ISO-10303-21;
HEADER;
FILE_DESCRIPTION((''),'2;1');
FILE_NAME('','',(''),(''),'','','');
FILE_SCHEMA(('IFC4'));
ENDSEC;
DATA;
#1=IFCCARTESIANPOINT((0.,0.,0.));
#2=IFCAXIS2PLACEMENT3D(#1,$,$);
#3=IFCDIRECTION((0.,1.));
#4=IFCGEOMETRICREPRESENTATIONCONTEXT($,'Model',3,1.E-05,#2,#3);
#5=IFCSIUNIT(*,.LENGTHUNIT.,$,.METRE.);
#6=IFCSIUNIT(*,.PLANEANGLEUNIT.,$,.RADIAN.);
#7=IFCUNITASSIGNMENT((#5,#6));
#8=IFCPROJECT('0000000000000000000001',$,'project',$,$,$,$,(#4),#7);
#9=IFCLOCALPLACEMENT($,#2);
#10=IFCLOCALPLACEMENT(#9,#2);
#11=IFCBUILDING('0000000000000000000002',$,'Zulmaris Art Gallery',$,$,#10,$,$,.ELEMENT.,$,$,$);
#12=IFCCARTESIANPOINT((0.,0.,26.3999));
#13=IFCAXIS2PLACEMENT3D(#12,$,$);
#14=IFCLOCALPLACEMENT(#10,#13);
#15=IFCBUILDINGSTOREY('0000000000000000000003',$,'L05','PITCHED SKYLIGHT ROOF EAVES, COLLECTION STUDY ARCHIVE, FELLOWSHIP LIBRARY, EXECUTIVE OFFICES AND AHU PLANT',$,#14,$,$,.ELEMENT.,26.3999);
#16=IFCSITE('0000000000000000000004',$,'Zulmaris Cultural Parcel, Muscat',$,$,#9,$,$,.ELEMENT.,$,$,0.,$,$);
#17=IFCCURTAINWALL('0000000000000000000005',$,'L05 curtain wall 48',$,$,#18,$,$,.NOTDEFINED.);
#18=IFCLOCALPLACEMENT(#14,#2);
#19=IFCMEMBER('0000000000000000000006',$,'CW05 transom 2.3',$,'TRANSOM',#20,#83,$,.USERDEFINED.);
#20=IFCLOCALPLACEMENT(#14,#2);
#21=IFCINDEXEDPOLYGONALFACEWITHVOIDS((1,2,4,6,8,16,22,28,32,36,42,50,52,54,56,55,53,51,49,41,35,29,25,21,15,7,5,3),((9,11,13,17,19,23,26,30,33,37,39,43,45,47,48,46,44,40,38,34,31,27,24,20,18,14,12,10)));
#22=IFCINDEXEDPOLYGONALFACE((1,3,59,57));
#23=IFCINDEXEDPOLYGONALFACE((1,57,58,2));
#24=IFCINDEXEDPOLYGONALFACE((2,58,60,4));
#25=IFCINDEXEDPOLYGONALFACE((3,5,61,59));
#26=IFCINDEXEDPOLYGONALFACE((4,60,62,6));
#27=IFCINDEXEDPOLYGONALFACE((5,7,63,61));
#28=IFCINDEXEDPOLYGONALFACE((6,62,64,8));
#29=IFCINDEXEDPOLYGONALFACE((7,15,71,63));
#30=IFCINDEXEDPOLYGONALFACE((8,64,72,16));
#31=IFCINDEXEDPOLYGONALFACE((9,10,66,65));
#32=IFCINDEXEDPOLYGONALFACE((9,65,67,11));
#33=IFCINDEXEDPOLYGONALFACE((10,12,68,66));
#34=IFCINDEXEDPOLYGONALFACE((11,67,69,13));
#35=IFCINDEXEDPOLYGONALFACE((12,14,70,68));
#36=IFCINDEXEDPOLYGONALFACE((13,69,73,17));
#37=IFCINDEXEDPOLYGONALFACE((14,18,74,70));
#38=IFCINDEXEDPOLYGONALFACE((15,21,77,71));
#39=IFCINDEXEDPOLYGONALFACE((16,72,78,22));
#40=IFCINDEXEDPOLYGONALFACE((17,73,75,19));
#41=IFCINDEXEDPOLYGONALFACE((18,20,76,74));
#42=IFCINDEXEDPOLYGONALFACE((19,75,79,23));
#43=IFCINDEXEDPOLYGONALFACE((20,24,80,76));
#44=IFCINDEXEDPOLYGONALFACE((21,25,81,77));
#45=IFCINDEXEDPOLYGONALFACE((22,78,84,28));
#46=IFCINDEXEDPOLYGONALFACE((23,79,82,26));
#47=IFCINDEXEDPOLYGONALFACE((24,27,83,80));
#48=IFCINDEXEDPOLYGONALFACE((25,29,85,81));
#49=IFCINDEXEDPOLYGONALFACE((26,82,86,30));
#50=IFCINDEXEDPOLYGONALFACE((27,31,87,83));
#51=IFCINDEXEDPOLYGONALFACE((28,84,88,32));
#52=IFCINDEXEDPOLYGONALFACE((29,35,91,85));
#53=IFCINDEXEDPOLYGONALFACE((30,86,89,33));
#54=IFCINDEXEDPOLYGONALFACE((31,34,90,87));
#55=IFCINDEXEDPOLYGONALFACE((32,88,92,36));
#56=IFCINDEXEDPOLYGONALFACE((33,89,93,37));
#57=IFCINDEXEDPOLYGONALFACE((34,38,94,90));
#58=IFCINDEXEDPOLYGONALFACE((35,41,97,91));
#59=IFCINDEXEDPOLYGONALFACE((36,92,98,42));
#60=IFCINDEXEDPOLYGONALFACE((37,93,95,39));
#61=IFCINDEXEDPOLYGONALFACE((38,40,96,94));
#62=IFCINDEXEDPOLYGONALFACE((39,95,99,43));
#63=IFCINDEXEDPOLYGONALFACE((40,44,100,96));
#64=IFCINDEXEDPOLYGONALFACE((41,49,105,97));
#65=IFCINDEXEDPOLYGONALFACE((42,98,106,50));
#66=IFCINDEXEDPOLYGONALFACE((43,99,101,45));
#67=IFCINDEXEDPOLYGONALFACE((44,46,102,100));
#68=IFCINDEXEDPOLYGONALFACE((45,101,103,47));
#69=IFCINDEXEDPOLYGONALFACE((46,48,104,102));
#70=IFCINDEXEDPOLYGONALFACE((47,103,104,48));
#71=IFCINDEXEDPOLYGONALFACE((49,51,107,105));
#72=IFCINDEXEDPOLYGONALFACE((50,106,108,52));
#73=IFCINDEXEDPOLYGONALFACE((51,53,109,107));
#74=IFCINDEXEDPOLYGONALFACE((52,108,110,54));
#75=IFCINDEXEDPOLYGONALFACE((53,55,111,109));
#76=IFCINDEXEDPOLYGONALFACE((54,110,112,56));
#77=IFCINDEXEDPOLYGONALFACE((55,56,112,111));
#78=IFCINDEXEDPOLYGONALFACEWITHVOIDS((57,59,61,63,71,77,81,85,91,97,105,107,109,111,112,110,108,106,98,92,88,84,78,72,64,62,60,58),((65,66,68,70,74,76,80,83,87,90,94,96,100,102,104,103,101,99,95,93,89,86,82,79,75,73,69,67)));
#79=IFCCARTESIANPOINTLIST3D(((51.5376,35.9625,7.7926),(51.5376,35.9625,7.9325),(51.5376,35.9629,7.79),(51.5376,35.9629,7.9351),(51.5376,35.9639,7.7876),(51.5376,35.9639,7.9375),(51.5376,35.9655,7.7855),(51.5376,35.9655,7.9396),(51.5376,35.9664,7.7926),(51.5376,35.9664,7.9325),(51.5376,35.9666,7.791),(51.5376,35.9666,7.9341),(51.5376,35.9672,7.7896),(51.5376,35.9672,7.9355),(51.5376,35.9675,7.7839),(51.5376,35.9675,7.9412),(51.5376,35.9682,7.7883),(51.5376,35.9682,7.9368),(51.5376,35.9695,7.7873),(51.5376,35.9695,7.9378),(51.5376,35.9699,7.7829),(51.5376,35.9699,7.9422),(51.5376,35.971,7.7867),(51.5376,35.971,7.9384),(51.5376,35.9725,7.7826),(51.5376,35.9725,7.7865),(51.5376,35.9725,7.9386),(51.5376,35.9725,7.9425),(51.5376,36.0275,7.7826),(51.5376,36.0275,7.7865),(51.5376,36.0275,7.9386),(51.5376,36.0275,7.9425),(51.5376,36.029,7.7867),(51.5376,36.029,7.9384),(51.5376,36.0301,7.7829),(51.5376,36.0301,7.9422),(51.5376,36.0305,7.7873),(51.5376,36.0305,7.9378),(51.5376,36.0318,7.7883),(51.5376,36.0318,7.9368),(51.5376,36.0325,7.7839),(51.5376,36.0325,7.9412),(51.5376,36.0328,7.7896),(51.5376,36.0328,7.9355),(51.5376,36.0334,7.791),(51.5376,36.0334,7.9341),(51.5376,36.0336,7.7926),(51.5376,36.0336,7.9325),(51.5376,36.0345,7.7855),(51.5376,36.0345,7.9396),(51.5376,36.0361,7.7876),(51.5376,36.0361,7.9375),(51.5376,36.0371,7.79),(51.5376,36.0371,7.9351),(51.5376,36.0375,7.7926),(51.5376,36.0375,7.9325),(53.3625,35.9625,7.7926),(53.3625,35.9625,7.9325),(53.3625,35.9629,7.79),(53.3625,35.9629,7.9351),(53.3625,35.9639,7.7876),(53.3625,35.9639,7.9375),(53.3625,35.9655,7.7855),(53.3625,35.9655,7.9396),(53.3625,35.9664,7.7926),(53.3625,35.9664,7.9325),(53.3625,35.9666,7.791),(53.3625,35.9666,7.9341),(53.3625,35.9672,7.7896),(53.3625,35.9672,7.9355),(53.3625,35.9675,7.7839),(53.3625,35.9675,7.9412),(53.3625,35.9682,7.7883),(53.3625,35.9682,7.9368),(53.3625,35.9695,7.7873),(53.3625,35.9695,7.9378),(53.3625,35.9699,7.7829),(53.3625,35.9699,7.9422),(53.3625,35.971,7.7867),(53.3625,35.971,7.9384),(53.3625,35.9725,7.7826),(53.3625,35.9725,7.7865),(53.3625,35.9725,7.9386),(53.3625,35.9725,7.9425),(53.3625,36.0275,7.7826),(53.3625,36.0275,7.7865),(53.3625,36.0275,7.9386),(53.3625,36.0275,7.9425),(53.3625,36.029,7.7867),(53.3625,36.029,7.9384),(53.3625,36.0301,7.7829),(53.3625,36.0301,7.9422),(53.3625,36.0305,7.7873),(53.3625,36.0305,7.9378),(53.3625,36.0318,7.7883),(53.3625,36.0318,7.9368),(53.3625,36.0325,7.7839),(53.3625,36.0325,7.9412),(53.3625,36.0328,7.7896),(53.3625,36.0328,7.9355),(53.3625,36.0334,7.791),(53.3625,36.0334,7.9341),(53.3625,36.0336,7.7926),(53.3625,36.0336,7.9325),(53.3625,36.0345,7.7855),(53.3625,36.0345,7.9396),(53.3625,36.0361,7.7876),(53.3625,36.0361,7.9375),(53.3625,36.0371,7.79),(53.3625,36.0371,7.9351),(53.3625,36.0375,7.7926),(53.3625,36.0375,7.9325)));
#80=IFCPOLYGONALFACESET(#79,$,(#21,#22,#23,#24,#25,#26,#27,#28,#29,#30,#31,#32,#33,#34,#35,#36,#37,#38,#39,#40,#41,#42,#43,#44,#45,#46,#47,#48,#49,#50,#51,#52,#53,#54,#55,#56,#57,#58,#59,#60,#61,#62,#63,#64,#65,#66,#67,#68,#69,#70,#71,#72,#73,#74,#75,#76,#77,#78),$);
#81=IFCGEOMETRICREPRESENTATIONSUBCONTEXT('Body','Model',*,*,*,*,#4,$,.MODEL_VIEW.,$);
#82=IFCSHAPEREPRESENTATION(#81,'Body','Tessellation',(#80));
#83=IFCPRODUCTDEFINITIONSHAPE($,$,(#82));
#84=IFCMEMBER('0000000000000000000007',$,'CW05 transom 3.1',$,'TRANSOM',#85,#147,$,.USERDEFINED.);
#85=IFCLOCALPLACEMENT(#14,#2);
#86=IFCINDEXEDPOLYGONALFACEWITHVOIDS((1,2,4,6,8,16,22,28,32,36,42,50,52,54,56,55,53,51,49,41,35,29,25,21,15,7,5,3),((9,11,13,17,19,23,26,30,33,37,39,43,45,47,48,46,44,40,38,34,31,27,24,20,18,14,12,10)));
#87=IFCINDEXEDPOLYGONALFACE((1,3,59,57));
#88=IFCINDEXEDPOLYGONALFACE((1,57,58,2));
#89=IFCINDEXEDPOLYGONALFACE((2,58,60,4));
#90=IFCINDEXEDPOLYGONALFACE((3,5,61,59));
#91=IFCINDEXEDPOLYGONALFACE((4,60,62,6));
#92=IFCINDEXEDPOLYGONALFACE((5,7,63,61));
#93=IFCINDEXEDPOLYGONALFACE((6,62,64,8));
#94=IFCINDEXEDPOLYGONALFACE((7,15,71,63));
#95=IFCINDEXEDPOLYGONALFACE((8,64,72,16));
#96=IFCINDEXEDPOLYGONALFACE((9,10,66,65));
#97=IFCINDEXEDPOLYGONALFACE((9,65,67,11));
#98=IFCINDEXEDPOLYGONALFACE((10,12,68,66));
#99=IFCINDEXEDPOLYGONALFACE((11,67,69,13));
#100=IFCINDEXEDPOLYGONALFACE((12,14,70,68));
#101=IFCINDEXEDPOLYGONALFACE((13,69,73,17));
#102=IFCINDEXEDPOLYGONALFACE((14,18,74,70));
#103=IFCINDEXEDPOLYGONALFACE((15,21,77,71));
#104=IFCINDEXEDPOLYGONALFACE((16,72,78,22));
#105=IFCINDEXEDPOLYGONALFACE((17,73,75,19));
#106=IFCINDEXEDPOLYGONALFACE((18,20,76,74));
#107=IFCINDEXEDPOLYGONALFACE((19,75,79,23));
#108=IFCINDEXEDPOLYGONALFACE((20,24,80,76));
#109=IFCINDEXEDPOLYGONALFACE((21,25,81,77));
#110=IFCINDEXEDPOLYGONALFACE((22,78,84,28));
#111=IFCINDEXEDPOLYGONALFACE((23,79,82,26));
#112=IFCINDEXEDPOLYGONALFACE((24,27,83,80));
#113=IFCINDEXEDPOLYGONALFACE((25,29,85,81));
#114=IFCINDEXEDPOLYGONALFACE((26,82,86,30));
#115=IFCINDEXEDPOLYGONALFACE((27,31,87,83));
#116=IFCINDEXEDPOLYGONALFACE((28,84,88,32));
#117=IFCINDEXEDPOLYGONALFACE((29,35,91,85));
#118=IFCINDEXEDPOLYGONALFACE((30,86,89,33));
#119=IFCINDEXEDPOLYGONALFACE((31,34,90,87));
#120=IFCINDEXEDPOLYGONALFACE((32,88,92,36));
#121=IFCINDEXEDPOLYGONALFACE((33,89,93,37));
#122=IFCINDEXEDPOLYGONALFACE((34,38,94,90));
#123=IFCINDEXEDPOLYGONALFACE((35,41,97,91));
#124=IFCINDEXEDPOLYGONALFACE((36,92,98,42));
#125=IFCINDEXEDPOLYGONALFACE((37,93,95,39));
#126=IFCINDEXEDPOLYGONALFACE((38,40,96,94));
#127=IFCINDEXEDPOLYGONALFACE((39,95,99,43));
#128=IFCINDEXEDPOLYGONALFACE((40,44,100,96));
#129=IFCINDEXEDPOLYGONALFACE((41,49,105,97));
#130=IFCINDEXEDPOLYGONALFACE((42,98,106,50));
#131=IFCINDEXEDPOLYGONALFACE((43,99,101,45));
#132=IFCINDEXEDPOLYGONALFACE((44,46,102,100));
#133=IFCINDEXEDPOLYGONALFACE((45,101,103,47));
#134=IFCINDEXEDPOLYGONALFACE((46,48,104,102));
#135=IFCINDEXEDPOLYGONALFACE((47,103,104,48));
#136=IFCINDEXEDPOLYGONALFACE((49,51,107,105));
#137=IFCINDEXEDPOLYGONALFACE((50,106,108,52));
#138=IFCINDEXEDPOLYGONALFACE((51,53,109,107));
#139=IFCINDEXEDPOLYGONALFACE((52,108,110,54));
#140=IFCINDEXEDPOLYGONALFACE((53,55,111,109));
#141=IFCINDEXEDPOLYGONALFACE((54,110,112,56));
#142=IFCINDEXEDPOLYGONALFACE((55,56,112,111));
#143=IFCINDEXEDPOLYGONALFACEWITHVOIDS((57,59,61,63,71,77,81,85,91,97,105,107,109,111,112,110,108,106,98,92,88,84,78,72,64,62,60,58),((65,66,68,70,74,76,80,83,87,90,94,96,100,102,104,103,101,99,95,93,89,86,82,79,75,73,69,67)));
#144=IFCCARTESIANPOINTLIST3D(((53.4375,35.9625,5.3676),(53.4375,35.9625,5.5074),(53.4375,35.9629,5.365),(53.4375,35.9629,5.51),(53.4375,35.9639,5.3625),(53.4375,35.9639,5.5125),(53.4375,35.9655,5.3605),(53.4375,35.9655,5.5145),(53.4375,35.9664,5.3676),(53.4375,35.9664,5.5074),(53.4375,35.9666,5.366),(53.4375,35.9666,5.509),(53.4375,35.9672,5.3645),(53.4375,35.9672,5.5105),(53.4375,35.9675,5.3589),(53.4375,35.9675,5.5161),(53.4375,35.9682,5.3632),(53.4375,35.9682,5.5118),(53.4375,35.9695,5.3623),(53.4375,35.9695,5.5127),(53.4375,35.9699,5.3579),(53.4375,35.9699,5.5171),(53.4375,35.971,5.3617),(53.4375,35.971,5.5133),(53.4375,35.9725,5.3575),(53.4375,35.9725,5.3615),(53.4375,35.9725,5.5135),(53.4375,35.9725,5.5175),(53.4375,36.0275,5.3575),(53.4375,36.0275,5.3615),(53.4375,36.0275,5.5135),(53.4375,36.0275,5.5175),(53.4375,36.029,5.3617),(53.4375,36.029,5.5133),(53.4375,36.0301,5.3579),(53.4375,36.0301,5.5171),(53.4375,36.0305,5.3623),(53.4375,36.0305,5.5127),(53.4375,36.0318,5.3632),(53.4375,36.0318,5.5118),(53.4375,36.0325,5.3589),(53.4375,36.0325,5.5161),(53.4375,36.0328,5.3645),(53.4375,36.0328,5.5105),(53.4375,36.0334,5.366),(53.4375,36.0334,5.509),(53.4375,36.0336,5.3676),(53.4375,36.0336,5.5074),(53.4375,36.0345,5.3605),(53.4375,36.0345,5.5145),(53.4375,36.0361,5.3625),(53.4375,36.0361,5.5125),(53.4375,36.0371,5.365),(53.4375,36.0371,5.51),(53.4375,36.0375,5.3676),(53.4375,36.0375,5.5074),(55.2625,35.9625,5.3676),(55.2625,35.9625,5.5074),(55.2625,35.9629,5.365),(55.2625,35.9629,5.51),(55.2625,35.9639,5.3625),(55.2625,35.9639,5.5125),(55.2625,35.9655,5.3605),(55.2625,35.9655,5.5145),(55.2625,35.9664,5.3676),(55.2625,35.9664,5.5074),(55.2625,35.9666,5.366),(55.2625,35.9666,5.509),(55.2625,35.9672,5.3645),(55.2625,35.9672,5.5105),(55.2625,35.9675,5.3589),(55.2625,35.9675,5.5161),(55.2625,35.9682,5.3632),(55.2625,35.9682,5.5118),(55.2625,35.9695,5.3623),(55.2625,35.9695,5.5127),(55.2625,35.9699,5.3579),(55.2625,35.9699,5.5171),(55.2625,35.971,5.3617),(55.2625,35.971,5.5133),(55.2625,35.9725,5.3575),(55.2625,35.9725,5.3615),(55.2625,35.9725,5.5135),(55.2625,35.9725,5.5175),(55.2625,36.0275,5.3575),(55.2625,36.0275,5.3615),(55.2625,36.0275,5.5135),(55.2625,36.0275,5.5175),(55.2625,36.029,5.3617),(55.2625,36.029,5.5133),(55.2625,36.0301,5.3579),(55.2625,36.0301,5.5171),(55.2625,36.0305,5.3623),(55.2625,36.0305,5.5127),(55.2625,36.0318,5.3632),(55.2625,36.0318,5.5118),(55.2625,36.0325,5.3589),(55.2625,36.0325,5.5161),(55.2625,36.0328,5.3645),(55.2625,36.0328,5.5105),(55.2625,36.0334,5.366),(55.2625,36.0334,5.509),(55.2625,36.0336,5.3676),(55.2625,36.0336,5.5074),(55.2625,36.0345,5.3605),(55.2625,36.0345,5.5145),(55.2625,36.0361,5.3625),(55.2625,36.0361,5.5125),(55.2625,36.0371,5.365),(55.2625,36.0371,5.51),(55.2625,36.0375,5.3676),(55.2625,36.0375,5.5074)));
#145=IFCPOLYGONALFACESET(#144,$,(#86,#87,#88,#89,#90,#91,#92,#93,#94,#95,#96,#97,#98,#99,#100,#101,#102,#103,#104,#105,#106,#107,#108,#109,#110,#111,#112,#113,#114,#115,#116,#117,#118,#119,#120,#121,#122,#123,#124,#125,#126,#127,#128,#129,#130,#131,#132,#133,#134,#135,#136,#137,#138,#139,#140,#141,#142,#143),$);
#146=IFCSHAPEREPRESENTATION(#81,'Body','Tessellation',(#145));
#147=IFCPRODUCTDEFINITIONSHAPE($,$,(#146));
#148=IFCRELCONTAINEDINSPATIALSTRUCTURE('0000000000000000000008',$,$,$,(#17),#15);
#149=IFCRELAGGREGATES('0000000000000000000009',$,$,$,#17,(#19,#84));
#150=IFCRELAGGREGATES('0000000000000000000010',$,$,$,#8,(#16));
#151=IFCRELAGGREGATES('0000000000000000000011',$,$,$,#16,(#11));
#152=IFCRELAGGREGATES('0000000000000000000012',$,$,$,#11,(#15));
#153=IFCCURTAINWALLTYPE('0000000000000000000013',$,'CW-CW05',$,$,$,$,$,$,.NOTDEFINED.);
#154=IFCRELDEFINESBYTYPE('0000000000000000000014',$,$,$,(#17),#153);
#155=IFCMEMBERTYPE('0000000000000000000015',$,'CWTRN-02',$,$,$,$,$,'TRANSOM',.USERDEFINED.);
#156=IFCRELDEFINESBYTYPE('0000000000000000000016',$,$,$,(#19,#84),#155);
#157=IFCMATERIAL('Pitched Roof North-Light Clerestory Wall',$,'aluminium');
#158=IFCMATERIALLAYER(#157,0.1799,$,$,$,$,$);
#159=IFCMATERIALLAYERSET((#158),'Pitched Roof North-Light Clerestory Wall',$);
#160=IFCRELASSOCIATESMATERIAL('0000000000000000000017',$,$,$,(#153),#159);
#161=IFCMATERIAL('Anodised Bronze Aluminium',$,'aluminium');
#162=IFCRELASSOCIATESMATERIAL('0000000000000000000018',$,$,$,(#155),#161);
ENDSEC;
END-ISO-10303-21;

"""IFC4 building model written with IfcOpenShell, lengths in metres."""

from ifc_helpers import new_model, si_unit, direction, frame, origin, origin_2d, place, context, subcontext, project, spatial, hollow_rectangle, extrude, material, layer, layer_set, material_profile, profile_set, type_object, element, aggregate, save


model = new_model("IFC4")

# Units and contexts
model_context = context("Model", 3, precision=1e-05, world=origin(), true_north=direction((0.0, 1.0)))
body_context = subcontext(model_context, "Body", "Model", "MODEL_VIEW")
ifc_project = project(units=[si_unit("LENGTHUNIT", "METRE"), si_unit("PLANEANGLEUNIT", "RADIAN")], contexts=[model_context])

# Site, building, storey
site_placement = place(None, origin())
site = spatial("IfcSite", under=ifc_project, at=site_placement, Name="Zulmaris Cultural Parcel, Muscat", CompositionType="ELEMENT", RefElevation=0.0)
building_placement = place(site_placement, origin())
building = spatial("IfcBuilding", under=site, at=building_placement, Name="Zulmaris Art Gallery", CompositionType="ELEMENT")
storey_placement = place(building_placement, frame((0.0, 0.0, 26.3999)))
storey = spatial("IfcBuildingStorey", under=building, at=storey_placement, Name="L05", Description="PITCHED SKYLIGHT ROOF EAVES, COLLECTION STUDY ARCHIVE, FELLOWSHIP LIBRARY, EXECUTIVE OFFICES AND AHU PLANT", CompositionType="ELEMENT", Elevation=26.3999)

# Curtain wall, members
ifc_material_1 = material(Name="Pitched Roof North-Light Clerestory Wall", Category="aluminium")
ifc_layer_1 = layer(ifc_material_1, 0.1799)
ifc_layer_set_1 = layer_set([ifc_layer_1], Name="Pitched Roof North-Light Clerestory Wall")
curtain_wall_type = type_object("IfcCurtainWallType", Name="CW-CW05", PredefinedType="NOTDEFINED", material=ifc_layer_set_1)
curtain_wall_placement = place(storey_placement, origin())
curtain_wall = element("IfcCurtainWall", 1, at=curtain_wall_placement, inside=storey, type_object=curtain_wall_type, Name="L05 curtain wall 48", PredefinedType="NOTDEFINED")
ifc_material_2 = material(Name="Anodised Bronze Aluminium", Category="aluminium")
ifc_material_profile_1 = material_profile(ifc_material_2, hollow_rectangle(XDim=0.075, YDim=0.1599, WallThickness=0.0039, InnerFilletRadius=0.0061, OuterFilletRadius=0.01, at=origin_2d()), Name="ALU 75x160x4")
ifc_profile_set_1 = profile_set([ifc_material_profile_1], Name="Anodised Bronze Aluminium")
member_type_1 = type_object("IfcMemberType", Name="CWTRN-02", ElementType="TRANSOM", PredefinedType="USERDEFINED", material=ifc_profile_set_1)
member_1_placement = place(storey_placement, frame((51.5376, 36.0, 7.8625), z_axis=(1.0, 0.0, 0.0), x_axis=(0.0, 1.0, 0.0)))
member_1 = element("IfcMember", 2, at=member_1_placement, type_object=member_type_1, Name="CW05 transom 2.3", ObjectType="TRANSOM", PredefinedType="USERDEFINED", context=body_context, shape_type="SweptSolid", body=[
    extrude(hollow_rectangle(XDim=0.075, YDim=0.1599, WallThickness=0.0039, InnerFilletRadius=0.0061, OuterFilletRadius=0.01, at=origin_2d()), origin(), (0.0, 0.0, 1.0), 1.825),
])
member_2_placement = place(storey_placement, frame((53.4375, 36.0, 5.4375), z_axis=(1.0, 0.0, 0.0), x_axis=(0.0, 1.0, 0.0)))
member_2 = element("IfcMember", 3, at=member_2_placement, type_object=member_type_1, Name="CW05 transom 3.1", ObjectType="TRANSOM", PredefinedType="USERDEFINED", context=body_context, shape_type="SweptSolid", body=[
    extrude(hollow_rectangle(XDim=0.075, YDim=0.1599, WallThickness=0.0039, InnerFilletRadius=0.0061, OuterFilletRadius=0.01, at=origin_2d()), origin(), (0.0, 0.0, 1.0), 1.825),
])

aggregate(curtain_wall, [member_1, member_2])

save(model, "model.ifc")
